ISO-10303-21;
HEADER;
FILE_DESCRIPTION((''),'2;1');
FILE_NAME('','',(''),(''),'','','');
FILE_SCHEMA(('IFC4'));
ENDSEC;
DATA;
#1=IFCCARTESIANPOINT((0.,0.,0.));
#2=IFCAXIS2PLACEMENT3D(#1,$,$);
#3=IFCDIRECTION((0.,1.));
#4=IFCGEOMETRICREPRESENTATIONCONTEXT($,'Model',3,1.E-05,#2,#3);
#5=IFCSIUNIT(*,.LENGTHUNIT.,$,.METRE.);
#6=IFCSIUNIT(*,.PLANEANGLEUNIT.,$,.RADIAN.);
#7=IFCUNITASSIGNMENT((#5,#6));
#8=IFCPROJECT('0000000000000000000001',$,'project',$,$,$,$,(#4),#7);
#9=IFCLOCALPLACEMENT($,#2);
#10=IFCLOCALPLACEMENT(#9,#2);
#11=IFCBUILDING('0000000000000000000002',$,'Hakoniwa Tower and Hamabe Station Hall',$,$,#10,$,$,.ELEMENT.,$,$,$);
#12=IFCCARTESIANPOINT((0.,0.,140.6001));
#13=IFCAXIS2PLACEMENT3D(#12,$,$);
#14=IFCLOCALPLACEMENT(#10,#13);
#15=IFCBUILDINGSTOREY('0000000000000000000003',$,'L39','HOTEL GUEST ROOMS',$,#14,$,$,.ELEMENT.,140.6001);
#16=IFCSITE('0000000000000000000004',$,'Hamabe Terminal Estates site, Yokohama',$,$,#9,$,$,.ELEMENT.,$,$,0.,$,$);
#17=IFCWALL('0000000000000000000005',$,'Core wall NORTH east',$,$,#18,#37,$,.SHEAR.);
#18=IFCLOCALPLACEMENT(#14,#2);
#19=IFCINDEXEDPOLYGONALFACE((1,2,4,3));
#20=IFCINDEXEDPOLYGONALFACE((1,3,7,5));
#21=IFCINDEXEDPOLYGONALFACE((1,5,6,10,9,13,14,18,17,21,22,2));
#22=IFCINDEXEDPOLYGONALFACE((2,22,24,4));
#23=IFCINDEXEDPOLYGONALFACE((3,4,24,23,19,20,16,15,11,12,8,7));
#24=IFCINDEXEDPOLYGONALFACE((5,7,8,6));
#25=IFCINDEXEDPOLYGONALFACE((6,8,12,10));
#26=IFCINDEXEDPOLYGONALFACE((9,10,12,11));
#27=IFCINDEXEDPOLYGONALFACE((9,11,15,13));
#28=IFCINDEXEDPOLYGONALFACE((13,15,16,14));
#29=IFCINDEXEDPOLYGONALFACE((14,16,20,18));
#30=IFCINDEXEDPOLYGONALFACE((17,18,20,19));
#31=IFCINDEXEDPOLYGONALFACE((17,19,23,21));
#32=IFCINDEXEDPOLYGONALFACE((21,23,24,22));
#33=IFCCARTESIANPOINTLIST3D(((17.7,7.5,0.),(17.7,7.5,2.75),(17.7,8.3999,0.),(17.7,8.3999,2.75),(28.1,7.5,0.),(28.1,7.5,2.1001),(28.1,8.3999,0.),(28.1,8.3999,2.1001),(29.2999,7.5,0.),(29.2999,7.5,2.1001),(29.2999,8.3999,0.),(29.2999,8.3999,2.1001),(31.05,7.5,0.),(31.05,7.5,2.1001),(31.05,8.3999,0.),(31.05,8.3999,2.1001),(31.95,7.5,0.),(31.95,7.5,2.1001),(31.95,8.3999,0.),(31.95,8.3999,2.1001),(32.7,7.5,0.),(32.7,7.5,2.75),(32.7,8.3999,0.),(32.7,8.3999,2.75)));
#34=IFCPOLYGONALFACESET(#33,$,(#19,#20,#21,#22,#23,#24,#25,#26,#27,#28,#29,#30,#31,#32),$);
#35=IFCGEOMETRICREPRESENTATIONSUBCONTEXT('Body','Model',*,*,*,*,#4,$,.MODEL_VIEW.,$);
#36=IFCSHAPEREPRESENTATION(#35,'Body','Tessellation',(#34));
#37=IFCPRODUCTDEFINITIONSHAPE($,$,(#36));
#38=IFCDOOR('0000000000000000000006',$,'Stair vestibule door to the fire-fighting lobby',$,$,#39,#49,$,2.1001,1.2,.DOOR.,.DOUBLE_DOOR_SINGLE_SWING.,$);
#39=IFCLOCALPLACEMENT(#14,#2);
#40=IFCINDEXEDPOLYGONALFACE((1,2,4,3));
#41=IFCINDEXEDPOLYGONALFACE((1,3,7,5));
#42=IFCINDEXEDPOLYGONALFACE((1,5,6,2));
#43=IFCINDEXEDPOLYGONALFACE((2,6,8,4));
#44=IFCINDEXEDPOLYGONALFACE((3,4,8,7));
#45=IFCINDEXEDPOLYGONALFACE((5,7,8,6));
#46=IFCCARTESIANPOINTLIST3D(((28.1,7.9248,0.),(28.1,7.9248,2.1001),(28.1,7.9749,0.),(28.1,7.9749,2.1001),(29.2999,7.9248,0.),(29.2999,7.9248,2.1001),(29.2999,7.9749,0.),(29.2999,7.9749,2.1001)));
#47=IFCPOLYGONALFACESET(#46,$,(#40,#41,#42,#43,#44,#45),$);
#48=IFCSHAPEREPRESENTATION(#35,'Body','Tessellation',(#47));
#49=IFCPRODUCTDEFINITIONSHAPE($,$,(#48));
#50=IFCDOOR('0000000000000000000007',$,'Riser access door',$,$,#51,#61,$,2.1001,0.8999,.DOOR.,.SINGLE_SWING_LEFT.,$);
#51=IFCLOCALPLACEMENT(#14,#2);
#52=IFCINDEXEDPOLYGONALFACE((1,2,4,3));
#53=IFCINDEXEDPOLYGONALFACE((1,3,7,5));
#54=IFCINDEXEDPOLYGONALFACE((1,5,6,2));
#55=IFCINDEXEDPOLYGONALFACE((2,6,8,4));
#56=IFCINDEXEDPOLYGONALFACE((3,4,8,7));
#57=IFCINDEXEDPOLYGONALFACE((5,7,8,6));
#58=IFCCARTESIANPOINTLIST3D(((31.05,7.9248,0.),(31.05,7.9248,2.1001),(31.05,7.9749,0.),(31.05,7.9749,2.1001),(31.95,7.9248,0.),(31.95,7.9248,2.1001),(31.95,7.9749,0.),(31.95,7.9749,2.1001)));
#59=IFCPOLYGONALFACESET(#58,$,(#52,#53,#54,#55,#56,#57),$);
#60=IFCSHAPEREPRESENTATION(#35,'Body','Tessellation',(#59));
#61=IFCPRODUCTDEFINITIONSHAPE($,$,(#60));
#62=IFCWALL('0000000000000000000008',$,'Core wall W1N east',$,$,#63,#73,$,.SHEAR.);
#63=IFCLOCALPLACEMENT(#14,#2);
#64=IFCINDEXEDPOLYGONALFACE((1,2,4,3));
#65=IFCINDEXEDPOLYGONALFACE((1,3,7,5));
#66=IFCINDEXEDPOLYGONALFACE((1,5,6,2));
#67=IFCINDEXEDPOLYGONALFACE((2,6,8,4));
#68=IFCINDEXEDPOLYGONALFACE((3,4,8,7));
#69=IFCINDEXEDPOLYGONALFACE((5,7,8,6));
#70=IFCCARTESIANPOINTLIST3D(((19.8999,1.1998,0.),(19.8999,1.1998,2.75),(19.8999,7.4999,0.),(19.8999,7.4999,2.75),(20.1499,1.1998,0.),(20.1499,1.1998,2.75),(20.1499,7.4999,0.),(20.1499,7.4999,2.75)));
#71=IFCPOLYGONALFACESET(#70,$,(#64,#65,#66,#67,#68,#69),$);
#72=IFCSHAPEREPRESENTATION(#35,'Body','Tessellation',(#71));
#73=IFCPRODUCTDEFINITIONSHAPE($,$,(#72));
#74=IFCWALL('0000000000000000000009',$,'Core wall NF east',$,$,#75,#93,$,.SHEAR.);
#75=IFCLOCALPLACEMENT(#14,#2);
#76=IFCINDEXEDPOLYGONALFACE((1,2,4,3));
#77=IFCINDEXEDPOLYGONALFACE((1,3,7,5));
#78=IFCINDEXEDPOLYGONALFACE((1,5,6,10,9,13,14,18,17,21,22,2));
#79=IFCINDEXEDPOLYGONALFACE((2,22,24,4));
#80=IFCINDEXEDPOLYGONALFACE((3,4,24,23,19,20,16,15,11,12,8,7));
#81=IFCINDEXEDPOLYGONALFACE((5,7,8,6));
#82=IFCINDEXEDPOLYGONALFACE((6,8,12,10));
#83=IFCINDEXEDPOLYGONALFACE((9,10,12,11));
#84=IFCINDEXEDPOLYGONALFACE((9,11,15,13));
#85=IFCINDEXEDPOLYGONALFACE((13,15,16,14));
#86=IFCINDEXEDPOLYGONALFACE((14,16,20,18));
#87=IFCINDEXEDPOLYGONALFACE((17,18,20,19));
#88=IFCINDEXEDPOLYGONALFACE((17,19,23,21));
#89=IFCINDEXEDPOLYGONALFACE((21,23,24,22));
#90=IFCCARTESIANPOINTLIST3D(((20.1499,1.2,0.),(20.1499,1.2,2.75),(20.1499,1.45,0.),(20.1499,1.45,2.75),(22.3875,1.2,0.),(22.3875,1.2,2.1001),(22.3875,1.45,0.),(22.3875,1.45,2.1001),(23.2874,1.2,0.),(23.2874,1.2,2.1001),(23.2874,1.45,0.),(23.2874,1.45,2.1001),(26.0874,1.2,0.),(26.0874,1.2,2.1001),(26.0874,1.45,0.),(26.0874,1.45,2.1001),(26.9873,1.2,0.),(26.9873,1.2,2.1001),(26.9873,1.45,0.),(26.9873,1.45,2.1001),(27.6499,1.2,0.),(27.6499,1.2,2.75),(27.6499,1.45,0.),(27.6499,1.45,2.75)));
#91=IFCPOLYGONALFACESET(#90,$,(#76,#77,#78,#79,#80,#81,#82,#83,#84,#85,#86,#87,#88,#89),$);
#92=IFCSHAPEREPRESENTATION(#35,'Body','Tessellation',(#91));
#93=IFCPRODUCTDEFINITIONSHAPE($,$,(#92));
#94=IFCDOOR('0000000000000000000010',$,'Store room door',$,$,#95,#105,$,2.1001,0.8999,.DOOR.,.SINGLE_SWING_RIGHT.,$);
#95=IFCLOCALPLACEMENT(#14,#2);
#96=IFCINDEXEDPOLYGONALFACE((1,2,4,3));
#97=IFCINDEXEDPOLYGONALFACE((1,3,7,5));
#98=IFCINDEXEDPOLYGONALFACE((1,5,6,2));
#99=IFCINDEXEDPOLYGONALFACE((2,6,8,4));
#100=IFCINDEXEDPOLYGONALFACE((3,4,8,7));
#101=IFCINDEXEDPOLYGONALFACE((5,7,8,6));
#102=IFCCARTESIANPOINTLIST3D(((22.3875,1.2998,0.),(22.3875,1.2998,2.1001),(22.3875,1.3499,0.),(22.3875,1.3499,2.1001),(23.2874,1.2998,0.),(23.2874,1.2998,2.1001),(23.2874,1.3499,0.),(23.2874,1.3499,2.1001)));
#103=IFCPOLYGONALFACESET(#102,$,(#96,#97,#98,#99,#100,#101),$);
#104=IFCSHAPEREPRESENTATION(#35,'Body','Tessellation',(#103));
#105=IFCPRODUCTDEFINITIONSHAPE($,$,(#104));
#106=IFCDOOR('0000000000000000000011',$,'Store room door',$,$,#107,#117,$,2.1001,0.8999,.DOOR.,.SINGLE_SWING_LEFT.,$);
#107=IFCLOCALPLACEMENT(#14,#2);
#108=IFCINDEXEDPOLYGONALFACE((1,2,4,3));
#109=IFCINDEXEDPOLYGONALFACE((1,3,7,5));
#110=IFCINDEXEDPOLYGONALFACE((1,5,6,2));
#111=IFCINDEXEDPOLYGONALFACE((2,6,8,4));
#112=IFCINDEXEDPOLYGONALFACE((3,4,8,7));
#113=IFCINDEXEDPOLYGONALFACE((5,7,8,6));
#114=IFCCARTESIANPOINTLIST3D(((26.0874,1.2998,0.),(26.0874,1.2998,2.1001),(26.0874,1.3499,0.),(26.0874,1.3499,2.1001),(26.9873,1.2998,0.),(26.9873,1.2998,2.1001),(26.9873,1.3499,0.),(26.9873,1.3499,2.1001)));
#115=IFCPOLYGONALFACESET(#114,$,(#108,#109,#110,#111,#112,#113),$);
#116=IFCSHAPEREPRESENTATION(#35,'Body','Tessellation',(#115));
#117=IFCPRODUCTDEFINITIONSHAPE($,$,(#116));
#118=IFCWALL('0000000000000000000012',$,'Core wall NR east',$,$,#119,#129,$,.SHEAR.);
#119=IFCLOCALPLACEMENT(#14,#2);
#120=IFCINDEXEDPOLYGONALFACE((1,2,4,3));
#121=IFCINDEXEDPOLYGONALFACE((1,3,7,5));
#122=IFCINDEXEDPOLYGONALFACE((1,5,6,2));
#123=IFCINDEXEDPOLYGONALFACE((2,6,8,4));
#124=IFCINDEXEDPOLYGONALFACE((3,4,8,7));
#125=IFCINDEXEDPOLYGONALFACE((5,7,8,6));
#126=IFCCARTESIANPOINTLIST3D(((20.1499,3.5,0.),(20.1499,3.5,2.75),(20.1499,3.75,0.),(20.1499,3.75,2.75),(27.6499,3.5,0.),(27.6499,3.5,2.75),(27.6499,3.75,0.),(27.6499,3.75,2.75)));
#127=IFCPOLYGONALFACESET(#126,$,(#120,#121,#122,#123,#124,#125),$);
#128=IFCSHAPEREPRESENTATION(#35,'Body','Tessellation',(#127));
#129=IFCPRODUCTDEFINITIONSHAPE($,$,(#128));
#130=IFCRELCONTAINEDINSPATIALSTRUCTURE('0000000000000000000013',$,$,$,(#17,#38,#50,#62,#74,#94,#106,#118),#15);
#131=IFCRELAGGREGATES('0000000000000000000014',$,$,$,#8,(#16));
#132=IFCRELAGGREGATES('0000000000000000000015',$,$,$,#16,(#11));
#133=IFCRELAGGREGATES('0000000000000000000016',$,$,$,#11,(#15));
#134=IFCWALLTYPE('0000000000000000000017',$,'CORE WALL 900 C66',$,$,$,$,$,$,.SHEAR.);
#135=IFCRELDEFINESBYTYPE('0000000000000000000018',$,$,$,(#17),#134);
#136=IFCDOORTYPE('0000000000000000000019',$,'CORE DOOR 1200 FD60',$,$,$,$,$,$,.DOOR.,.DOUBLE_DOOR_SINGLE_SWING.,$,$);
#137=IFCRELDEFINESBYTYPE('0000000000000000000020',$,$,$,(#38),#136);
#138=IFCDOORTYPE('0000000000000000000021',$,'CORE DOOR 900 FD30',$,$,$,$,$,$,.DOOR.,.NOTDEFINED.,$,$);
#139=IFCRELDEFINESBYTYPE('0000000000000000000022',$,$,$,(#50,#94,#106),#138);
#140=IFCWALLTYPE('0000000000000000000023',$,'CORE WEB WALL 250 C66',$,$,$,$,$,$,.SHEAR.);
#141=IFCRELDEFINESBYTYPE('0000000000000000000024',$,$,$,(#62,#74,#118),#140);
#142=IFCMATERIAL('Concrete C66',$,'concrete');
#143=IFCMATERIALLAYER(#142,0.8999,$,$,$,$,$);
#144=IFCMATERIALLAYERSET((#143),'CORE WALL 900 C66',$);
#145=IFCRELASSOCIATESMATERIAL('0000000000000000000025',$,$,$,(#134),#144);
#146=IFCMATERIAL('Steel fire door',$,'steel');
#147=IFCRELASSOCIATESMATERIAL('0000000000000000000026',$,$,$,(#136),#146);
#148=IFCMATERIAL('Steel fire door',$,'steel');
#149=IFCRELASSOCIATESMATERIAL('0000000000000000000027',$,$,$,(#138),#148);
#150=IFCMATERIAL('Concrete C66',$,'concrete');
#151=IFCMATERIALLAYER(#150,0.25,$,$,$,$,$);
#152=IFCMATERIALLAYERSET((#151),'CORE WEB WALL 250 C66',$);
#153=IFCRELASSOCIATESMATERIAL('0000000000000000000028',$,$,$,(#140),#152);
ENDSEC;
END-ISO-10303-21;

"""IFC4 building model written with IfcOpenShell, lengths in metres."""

from ifc_helpers import new_model, si_unit, direction, frame, frame_2d, origin, place, context, subcontext, project, spatial, rectangle, extrude, material, layer, layer_set, type_object, element, fill, save


model = new_model("IFC4")

# Units and contexts
model_context = context("Model", 3, precision=1e-05, world=origin(), true_north=direction((0.0, 1.0)))
body_context = subcontext(model_context, "Body", "Model", "MODEL_VIEW")
ifc_project = project(units=[si_unit("LENGTHUNIT", "METRE"), si_unit("PLANEANGLEUNIT", "RADIAN")], contexts=[model_context])

# Site, building, storey
site_placement = place(None, origin())
site = spatial("IfcSite", under=ifc_project, at=site_placement, Name="Hamabe Terminal Estates site, Yokohama", CompositionType="ELEMENT", RefElevation=0.0)
building_placement = place(site_placement, origin())
building = spatial("IfcBuilding", under=site, at=building_placement, Name="Hakoniwa Tower and Hamabe Station Hall", CompositionType="ELEMENT")
storey_placement = place(building_placement, frame((0.0, 0.0, 140.6001)))
storey = spatial("IfcBuildingStorey", under=building, at=storey_placement, Name="L39", Description="HOTEL GUEST ROOMS", CompositionType="ELEMENT", Elevation=140.6001)

# Wall, openings, doors
ifc_material_1 = material(Name="Concrete C66", Category="concrete")
ifc_layer_1 = layer(ifc_material_1, 0.8999)
ifc_layer_set_1 = layer_set([ifc_layer_1], Name="CORE WALL 900 C66")
wall_type_1 = type_object("IfcWallType", Name="CORE WALL 900 C66", PredefinedType="SHEAR", material=ifc_layer_set_1)
wall_1_placement = place(storey_placement, frame((17.7, 7.95, 0.0), z_axis=(0.0, 0.0, 1.0), x_axis=(1.0, 0.0, 0.0)))
wall_1 = element("IfcWall", 1, at=wall_1_placement, inside=storey, type_object=wall_type_1, Name="Core wall NORTH east", PredefinedType="SHEAR", context=body_context, shape_type="SweptSolid", body=[
    extrude(rectangle(XDim=15.0, YDim=0.8999, at=frame_2d((7.5, 0.0))), origin(), (0.0, 0.0, 1.0), 2.75),
])
opening_1_placement = place(wall_1_placement, frame((10.3999, 0.0, 0.0)))
opening_1 = element("IfcOpeningElement", 2, at=opening_1_placement, cuts=wall_1, PredefinedType="OPENING", context=body_context, shape_type="SweptSolid", body=[
    extrude(rectangle(XDim=1.2, YDim=2.1001, at=frame_2d((0.6001, 1.05))), frame((0.0, 0.46, 0.0), z_axis=(0.0, -1.0, 0.0), x_axis=(1.0, 0.0, 0.0)), (0.0, 0.0, 1.0), 0.9199),
])
opening_2_placement = place(wall_1_placement, frame((13.3501, 0.0, 0.0)))
opening_2 = element("IfcOpeningElement", 3, at=opening_2_placement, cuts=wall_1, PredefinedType="OPENING", context=body_context, shape_type="SweptSolid", body=[
    extrude(rectangle(XDim=0.8999, YDim=2.1001, at=frame_2d((0.45, 1.05))), frame((0.0, 0.46, 0.0), z_axis=(0.0, -1.0, 0.0), x_axis=(1.0, 0.0, 0.0)), (0.0, 0.0, 1.0), 0.9199),
])
ifc_material_2 = material(Name="Steel fire door", Category="steel")
door_type_1 = type_object("IfcDoorType", Name="CORE DOOR 1200 FD60", OperationType="DOUBLE_DOOR_SINGLE_SWING", PredefinedType="DOOR", material=ifc_material_2)
door_1_placement = place(opening_1_placement, origin())
door_1 = element("IfcDoor", 4, at=door_1_placement, inside=storey, type_object=door_type_1, Name="Stair vestibule door to the fire-fighting lobby", OperationType="DOUBLE_DOOR_SINGLE_SWING", OverallHeight=2.1001, OverallWidth=1.2, PredefinedType="DOOR", context=body_context, shape_type="SweptSolid", body=[
    extrude(rectangle(XDim=1.2, YDim=2.1001, at=frame_2d((0.6001, 1.05))), frame((0.0, 0.0249, 0.0), z_axis=(0.0, -1.0, 0.0), x_axis=(1.0, 0.0, 0.0)), (0.0, 0.0, 1.0), 0.05),
])
fill(opening_1, door_1)
ifc_material_3 = material(Name="Steel fire door", Category="steel")
door_type_2 = type_object("IfcDoorType", Name="CORE DOOR 900 FD30", OperationType="NOTDEFINED", PredefinedType="DOOR", material=ifc_material_3)
door_2_placement = place(opening_2_placement, origin())
door_2 = element("IfcDoor", 5, at=door_2_placement, inside=storey, type_object=door_type_2, Name="Riser access door", OperationType="SINGLE_SWING_LEFT", OverallHeight=2.1001, OverallWidth=0.8999, PredefinedType="DOOR", context=body_context, shape_type="SweptSolid", body=[
    extrude(rectangle(XDim=0.8999, YDim=2.1001, at=frame_2d((0.45, 1.05))), frame((0.0, 0.0249, 0.0), z_axis=(0.0, -1.0, 0.0), x_axis=(1.0, 0.0, 0.0)), (0.0, 0.0, 1.0), 0.05),
])
fill(opening_2, door_2)

# Wall
ifc_material_4 = material(Name="Concrete C66", Category="concrete")
ifc_layer_2 = layer(ifc_material_4, 0.25)
ifc_layer_set_2 = layer_set([ifc_layer_2], Name="CORE WEB WALL 250 C66")
wall_type_2 = type_object("IfcWallType", Name="CORE WEB WALL 250 C66", PredefinedType="SHEAR", material=ifc_layer_set_2)
wall_2_placement = place(storey_placement, frame((20.0249, 1.2, 0.0), z_axis=(0.0, 0.0, 1.0), x_axis=(0.0, 1.0, 0.0)))
element("IfcWall", 6, at=wall_2_placement, inside=storey, type_object=wall_type_2, Name="Core wall W1N east", PredefinedType="SHEAR", context=body_context, shape_type="SweptSolid", body=[
    extrude(rectangle(XDim=6.3, YDim=0.25, at=frame_2d((3.1499, 0.0))), origin(), (0.0, 0.0, 1.0), 2.75),
])

# Wall, openings, doors
wall_3_placement = place(storey_placement, frame((20.1499, 1.325, 0.0), z_axis=(0.0, 0.0, 1.0), x_axis=(1.0, 0.0, 0.0)))
wall_3 = element("IfcWall", 7, at=wall_3_placement, inside=storey, type_object=wall_type_2, Name="Core wall NF east", PredefinedType="SHEAR", context=body_context, shape_type="SweptSolid", body=[
    extrude(rectangle(XDim=7.5, YDim=0.25, at=frame_2d((3.75, 0.0))), origin(), (0.0, 0.0, 1.0), 2.75),
])
opening_3_placement = place(wall_3_placement, frame((2.2375, 0.0, 0.0)))
opening_3 = element("IfcOpeningElement", 8, at=opening_3_placement, cuts=wall_3, PredefinedType="OPENING", context=body_context, shape_type="SweptSolid", body=[
    extrude(rectangle(XDim=0.8999, YDim=2.1001, at=frame_2d((0.45, 1.05))), frame((0.0, 0.135, 0.0), z_axis=(0.0, -1.0, 0.0), x_axis=(1.0, 0.0, 0.0)), (0.0, 0.0, 1.0), 0.27),
])
opening_4_placement = place(wall_3_placement, frame((5.9375, 0.0, 0.0)))
opening_4 = element("IfcOpeningElement", 9, at=opening_4_placement, cuts=wall_3, PredefinedType="OPENING", context=body_context, shape_type="SweptSolid", body=[
    extrude(rectangle(XDim=0.8999, YDim=2.1001, at=frame_2d((0.45, 1.05))), frame((0.0, 0.135, 0.0), z_axis=(0.0, -1.0, 0.0), x_axis=(1.0, 0.0, 0.0)), (0.0, 0.0, 1.0), 0.27),
])
door_3_placement = place(opening_3_placement, origin())
door_3 = element("IfcDoor", 10, at=door_3_placement, inside=storey, type_object=door_type_2, Name="Store room door", OperationType="SINGLE_SWING_RIGHT", OverallHeight=2.1001, OverallWidth=0.8999, PredefinedType="DOOR", context=body_context, shape_type="SweptSolid", body=[
    extrude(rectangle(XDim=0.8999, YDim=2.1001, at=frame_2d((0.45, 1.05))), frame((0.0, 0.0249, 0.0), z_axis=(0.0, -1.0, 0.0), x_axis=(1.0, 0.0, 0.0)), (0.0, 0.0, 1.0), 0.05),
])
fill(opening_3, door_3)
door_4_placement = place(opening_4_placement, origin())
door_4 = element("IfcDoor", 11, at=door_4_placement, inside=storey, type_object=door_type_2, Name="Store room door", OperationType="SINGLE_SWING_LEFT", OverallHeight=2.1001, OverallWidth=0.8999, PredefinedType="DOOR", context=body_context, shape_type="SweptSolid", body=[
    extrude(rectangle(XDim=0.8999, YDim=2.1001, at=frame_2d((0.45, 1.05))), frame((0.0, 0.0249, 0.0), z_axis=(0.0, -1.0, 0.0), x_axis=(1.0, 0.0, 0.0)), (0.0, 0.0, 1.0), 0.05),
])
fill(opening_4, door_4)

# Wall
wall_4_placement = place(storey_placement, frame((20.1499, 3.625, 0.0), z_axis=(0.0, 0.0, 1.0), x_axis=(1.0, 0.0, 0.0)))
element("IfcWall", 12, at=wall_4_placement, inside=storey, type_object=wall_type_2, Name="Core wall NR east", PredefinedType="SHEAR", context=body_context, shape_type="SweptSolid", body=[
    extrude(rectangle(XDim=7.5, YDim=0.25, at=frame_2d((3.75, 0.0))), origin(), (0.0, 0.0, 1.0), 2.75),
])

save(model, "model.ifc")
